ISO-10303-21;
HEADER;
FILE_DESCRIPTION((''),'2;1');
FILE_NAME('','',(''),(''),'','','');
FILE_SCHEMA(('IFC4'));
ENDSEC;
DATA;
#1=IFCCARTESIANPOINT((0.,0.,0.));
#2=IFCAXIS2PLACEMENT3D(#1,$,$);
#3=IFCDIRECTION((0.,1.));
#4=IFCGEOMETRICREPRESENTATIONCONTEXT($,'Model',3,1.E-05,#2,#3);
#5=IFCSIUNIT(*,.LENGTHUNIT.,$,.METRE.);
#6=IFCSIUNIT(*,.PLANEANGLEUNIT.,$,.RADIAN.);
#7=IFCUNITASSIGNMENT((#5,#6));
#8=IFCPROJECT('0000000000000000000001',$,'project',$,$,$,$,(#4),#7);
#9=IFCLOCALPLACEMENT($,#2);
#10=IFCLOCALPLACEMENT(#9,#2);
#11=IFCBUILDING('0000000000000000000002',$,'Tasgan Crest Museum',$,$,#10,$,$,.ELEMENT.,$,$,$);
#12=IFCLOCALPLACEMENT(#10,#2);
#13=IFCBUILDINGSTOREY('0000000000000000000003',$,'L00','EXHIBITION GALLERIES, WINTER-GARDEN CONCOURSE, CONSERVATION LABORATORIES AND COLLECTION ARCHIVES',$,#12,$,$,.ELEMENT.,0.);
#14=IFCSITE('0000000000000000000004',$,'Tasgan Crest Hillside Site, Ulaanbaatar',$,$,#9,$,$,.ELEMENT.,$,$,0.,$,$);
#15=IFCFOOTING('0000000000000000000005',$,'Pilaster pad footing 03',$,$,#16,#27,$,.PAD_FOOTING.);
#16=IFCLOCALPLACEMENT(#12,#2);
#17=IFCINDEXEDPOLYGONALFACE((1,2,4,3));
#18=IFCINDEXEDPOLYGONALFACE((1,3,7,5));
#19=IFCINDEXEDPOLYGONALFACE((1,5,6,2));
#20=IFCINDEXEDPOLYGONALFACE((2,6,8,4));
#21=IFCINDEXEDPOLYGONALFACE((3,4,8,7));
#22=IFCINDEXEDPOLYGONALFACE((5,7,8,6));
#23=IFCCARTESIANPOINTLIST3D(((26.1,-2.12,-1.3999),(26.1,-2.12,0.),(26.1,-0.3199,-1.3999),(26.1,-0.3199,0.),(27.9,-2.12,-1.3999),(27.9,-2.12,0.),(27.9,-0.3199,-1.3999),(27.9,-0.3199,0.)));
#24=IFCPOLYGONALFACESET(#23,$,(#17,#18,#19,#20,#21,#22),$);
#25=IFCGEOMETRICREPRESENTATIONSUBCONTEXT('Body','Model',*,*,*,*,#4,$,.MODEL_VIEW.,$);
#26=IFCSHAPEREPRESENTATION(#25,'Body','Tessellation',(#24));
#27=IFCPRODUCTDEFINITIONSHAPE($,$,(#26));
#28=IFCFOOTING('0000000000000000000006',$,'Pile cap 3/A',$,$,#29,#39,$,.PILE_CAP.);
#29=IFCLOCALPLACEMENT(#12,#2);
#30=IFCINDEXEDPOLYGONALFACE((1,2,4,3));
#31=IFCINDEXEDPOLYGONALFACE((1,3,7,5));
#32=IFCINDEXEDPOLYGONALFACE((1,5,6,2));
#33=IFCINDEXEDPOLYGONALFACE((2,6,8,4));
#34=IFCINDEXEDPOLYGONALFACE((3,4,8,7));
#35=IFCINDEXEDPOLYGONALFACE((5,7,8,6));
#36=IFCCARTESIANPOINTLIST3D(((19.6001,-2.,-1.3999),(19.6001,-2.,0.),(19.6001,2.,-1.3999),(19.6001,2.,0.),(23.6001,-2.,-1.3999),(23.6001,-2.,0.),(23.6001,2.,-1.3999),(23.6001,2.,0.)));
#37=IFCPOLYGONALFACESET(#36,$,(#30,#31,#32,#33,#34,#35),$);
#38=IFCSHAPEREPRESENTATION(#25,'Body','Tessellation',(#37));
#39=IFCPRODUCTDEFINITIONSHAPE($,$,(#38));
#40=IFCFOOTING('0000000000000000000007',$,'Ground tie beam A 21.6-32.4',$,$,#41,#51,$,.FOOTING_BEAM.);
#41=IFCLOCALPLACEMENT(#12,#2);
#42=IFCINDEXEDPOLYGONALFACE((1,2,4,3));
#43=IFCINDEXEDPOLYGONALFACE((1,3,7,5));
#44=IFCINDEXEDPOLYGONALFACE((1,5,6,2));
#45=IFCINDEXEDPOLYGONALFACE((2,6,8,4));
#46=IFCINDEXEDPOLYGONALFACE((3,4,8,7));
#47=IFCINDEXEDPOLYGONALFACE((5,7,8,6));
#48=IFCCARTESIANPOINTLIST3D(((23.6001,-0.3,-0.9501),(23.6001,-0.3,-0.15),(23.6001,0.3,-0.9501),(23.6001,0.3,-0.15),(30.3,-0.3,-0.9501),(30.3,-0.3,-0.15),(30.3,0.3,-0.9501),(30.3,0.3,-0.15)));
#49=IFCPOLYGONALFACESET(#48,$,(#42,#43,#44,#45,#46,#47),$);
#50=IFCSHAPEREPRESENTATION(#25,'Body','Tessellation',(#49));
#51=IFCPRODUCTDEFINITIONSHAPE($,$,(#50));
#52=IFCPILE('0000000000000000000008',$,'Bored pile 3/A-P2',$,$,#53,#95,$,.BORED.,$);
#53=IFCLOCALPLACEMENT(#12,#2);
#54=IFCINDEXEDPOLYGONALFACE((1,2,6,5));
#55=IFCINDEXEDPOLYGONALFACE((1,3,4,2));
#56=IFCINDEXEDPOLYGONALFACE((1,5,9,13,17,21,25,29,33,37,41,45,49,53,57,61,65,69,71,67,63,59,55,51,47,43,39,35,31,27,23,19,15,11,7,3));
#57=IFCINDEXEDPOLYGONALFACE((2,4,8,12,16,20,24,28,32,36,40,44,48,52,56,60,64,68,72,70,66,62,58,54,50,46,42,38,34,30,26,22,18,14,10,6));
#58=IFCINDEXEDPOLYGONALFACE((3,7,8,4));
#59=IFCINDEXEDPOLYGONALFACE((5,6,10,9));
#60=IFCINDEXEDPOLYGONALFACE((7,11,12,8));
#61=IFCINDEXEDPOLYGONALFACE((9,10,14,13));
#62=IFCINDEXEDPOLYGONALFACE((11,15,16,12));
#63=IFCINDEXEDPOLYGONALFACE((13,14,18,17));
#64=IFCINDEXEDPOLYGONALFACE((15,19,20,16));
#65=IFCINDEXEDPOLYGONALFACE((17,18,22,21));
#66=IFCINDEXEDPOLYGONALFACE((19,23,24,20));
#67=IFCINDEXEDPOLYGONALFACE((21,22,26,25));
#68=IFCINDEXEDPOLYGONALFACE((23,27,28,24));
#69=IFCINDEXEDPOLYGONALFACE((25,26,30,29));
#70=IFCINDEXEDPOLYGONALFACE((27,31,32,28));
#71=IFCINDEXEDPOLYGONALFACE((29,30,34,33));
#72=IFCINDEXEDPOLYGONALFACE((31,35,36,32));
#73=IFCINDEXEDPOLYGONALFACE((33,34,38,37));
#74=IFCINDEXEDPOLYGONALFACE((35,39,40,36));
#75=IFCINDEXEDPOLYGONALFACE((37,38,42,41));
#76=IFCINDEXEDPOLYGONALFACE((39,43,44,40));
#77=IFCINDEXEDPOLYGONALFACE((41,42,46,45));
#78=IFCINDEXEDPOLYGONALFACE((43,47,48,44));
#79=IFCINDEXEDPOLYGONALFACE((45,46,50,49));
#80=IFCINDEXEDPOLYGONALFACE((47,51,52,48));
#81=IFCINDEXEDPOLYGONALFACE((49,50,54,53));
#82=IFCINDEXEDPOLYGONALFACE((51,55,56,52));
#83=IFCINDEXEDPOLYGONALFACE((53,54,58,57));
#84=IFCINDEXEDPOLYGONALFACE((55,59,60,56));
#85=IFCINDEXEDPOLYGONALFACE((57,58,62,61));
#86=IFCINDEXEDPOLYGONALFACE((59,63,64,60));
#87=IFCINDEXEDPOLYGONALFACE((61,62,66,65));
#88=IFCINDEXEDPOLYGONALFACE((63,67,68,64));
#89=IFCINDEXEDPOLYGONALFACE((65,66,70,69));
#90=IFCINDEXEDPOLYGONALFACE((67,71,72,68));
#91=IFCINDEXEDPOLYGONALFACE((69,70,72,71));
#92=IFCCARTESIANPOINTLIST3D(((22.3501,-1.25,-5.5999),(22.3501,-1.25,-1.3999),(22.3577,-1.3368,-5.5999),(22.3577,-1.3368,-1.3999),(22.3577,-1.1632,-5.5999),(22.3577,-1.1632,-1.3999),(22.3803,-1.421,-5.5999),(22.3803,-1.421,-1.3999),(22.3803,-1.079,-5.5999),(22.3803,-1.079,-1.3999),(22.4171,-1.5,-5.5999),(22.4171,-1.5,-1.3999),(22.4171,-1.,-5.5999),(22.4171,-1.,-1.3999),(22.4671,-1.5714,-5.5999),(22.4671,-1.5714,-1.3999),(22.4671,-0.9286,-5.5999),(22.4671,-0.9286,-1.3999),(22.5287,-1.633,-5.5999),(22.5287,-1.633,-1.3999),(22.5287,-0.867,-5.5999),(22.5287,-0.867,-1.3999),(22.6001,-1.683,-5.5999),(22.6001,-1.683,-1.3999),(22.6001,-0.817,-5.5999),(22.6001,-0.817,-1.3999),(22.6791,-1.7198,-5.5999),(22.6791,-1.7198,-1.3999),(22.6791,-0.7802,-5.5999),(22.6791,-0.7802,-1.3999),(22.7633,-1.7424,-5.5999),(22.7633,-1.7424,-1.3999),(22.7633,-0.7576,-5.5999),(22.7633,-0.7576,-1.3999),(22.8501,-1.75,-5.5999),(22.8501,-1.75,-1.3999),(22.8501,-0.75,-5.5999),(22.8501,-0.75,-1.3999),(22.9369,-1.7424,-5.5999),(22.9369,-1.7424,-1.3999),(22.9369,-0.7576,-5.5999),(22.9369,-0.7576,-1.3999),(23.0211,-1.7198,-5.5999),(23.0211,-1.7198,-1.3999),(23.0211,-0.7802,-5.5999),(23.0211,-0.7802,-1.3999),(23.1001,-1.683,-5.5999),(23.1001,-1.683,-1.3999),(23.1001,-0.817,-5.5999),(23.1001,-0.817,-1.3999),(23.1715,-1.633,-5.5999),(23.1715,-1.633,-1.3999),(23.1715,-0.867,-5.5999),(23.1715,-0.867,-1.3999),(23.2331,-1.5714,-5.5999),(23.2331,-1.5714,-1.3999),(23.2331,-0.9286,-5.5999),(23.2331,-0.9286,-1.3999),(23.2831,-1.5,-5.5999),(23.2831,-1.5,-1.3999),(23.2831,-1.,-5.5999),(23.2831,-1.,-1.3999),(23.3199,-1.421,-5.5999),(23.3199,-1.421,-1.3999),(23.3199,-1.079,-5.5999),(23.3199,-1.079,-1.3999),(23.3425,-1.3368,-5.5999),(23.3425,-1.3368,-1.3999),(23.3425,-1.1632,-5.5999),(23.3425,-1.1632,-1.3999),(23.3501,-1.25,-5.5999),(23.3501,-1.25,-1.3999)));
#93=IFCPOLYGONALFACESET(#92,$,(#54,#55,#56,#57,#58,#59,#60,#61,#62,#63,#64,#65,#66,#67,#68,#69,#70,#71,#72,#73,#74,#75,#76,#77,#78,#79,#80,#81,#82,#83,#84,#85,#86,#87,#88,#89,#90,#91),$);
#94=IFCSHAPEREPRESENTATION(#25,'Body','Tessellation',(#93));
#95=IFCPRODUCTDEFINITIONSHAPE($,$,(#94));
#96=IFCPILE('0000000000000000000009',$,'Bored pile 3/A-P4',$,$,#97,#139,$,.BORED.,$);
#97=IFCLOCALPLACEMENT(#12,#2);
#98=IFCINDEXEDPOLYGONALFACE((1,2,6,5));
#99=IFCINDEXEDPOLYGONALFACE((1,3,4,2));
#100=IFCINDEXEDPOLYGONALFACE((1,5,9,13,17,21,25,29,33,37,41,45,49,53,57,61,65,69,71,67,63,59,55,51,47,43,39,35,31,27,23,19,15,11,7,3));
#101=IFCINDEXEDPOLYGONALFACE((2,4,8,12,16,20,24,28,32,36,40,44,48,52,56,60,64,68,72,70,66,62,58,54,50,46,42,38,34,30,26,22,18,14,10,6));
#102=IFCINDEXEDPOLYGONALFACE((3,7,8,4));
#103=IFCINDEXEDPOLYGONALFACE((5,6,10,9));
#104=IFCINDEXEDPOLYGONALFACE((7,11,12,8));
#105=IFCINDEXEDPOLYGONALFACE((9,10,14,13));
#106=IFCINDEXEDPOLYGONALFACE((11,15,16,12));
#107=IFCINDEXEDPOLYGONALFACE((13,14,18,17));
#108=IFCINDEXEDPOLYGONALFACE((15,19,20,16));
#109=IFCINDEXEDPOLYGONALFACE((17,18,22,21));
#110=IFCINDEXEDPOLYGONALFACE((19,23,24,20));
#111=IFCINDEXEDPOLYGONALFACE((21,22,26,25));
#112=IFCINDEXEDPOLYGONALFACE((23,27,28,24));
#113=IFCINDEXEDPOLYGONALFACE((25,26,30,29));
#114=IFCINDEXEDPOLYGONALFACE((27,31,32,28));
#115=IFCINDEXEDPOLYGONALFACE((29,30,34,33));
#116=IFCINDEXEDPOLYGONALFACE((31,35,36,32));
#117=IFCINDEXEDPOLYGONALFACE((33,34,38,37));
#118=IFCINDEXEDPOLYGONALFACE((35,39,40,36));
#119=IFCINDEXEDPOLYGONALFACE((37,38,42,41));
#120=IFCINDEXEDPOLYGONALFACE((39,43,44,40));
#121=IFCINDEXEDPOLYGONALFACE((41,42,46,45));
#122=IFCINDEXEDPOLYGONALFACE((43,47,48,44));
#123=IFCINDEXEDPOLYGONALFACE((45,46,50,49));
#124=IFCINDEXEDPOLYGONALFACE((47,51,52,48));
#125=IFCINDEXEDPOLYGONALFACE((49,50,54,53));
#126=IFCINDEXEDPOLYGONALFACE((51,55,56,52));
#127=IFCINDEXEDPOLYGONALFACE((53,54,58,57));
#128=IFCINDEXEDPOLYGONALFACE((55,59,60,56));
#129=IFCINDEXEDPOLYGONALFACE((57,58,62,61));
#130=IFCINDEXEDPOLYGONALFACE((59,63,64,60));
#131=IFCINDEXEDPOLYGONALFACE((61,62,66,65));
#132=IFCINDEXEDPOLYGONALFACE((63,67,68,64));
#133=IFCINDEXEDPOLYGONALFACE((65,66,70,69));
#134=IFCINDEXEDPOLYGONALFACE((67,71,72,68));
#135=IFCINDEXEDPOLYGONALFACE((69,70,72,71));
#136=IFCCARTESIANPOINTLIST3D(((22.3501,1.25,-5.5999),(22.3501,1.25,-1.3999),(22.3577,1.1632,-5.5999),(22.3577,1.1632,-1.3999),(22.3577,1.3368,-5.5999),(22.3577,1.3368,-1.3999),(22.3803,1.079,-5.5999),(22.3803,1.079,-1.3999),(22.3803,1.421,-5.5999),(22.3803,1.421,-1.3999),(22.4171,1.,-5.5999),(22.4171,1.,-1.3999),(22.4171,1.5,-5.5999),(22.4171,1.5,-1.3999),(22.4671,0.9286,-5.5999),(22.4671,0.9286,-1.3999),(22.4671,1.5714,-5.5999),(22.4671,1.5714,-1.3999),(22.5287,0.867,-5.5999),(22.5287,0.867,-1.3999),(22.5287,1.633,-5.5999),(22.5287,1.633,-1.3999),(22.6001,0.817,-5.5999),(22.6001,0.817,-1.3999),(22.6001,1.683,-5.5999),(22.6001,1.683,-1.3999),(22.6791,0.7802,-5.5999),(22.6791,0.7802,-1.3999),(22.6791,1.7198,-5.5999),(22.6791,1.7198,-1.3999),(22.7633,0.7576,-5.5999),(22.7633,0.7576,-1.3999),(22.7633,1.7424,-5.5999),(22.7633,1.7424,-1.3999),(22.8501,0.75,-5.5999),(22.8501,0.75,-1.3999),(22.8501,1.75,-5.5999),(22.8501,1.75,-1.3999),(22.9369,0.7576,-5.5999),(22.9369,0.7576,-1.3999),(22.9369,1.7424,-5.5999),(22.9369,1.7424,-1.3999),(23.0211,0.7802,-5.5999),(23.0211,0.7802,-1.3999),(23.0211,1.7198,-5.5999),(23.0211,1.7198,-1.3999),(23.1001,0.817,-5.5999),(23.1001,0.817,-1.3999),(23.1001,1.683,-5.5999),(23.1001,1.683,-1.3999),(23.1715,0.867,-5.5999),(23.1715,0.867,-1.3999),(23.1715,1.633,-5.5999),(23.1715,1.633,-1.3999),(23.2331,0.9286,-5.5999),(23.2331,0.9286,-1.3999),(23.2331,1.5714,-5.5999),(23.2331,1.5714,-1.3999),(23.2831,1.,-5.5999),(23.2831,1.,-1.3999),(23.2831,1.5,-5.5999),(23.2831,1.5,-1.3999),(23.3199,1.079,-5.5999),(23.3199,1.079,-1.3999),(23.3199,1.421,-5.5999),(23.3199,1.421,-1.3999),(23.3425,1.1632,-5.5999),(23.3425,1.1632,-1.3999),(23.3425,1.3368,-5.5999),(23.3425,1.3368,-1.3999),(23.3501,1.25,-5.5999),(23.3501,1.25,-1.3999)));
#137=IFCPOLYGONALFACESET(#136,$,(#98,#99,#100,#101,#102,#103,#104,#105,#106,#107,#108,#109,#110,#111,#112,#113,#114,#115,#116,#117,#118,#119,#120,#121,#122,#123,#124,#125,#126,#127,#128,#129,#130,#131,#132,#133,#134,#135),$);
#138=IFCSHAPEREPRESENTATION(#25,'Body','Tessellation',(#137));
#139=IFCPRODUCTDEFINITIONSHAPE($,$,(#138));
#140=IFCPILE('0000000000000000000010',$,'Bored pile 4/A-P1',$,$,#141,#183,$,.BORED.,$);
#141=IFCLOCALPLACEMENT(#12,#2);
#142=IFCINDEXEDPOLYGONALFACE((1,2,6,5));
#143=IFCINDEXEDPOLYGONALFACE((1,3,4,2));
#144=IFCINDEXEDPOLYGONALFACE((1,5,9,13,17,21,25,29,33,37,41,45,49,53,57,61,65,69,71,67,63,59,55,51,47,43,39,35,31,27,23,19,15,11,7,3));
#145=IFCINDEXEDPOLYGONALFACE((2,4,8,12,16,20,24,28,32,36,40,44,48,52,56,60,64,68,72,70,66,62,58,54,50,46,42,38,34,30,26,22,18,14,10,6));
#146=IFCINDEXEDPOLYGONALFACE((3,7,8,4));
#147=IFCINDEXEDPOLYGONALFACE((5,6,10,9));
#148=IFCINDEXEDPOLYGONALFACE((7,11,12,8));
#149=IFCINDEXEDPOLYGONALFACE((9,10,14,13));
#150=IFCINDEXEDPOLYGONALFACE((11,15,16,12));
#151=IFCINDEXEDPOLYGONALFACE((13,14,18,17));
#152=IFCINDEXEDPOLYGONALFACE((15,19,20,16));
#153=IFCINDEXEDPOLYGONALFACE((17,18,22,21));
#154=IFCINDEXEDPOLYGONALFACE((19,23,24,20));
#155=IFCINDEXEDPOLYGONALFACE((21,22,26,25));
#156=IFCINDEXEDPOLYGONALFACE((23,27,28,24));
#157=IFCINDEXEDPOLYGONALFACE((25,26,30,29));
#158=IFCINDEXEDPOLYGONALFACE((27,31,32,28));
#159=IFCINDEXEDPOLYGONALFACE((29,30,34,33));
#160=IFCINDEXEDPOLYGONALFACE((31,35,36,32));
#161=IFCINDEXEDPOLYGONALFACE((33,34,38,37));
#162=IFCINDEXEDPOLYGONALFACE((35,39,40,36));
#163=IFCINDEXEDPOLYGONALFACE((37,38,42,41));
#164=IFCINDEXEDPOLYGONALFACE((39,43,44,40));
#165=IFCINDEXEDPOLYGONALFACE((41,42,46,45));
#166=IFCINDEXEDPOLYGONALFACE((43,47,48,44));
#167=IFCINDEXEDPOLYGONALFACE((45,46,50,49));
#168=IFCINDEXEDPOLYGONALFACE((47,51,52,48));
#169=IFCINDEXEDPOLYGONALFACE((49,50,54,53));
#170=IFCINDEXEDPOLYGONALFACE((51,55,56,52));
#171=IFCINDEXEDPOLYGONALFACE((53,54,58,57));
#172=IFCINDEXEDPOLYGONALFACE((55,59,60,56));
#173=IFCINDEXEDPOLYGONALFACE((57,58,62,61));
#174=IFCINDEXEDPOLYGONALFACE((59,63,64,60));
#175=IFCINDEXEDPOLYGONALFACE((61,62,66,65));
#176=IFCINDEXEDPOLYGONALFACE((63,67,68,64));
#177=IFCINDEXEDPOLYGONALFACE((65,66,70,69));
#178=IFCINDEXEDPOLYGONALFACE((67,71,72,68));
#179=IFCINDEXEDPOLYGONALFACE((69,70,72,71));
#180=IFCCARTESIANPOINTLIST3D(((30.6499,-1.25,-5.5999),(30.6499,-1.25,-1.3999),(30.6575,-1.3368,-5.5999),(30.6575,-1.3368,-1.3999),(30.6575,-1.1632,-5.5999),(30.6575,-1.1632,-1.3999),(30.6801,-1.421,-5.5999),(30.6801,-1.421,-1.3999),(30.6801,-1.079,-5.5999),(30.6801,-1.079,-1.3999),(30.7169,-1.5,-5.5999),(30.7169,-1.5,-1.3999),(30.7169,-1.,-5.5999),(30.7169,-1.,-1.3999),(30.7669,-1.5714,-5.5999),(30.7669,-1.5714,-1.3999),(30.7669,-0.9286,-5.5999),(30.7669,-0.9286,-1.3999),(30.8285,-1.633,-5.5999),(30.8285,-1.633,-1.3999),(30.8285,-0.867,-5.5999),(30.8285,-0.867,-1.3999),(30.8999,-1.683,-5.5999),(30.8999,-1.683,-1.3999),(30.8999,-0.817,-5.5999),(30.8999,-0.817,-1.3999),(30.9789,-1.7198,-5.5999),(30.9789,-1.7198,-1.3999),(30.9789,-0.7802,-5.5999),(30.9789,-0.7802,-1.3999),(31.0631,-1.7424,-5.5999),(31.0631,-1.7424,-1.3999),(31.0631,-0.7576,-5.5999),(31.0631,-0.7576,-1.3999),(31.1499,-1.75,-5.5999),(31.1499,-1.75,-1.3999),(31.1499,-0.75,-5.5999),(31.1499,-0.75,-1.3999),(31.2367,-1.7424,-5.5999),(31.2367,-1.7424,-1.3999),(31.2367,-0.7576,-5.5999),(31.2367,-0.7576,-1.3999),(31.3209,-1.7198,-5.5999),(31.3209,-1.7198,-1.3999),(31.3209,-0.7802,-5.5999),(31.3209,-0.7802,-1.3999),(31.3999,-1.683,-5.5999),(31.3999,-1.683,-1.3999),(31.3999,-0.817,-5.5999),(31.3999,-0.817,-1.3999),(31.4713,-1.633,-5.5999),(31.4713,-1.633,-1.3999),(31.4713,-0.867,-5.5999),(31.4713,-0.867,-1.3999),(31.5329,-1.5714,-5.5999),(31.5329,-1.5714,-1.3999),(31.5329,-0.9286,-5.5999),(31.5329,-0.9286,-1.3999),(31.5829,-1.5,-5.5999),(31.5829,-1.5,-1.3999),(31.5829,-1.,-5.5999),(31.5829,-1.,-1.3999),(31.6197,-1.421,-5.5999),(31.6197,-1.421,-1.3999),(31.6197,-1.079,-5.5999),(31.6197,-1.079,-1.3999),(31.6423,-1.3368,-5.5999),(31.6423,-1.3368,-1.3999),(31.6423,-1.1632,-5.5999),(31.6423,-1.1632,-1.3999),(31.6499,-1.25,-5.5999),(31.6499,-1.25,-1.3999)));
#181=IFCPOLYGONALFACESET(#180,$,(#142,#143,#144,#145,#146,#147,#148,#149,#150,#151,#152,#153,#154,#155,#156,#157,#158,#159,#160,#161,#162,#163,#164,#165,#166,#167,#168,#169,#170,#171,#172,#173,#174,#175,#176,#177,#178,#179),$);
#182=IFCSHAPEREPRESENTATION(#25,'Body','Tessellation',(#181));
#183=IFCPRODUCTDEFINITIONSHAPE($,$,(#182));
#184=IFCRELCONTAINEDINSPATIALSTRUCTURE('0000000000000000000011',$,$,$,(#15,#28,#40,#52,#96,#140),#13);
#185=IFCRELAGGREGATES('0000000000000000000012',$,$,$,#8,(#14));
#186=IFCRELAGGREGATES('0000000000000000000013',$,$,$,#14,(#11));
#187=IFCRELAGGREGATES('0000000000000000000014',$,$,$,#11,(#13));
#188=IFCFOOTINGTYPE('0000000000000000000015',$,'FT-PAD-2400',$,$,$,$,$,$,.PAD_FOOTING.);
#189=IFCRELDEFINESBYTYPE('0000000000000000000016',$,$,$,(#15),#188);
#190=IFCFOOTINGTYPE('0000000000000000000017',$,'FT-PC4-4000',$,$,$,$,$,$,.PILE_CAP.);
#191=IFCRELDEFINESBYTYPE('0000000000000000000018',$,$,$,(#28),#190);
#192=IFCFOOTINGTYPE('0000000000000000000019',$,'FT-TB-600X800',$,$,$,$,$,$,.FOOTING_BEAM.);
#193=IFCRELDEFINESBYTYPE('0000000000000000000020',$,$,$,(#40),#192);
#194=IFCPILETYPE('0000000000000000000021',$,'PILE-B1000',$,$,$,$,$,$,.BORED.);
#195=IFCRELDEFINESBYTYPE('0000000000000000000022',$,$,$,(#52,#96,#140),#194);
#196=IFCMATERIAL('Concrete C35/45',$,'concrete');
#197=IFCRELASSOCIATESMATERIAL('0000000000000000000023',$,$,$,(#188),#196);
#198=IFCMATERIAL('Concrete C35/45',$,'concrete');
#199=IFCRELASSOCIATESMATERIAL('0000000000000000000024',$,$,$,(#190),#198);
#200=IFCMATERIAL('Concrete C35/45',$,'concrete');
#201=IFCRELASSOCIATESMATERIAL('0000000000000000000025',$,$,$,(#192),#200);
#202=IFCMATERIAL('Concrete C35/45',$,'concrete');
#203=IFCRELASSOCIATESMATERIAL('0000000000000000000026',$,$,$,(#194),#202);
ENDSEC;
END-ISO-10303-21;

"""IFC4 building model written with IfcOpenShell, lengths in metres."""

from ifc_helpers import new_model, si_unit, direction, frame, origin, origin_2d, place, context, subcontext, project, spatial, rectangle, circle, extrude, material, material_profile, profile_set, type_object, element, save


model = new_model("IFC4")

# Units and contexts
model_context = context("Model", 3, precision=1e-05, world=origin(), true_north=direction((0.0, 1.0)))
body_context = subcontext(model_context, "Body", "Model", "MODEL_VIEW")
ifc_project = project(units=[si_unit("LENGTHUNIT", "METRE"), si_unit("PLANEANGLEUNIT", "RADIAN")], contexts=[model_context])

# Site, building, storey
site_placement = place(None, origin())
site = spatial("IfcSite", under=ifc_project, at=site_placement, Name="Tasgan Crest Hillside Site, Ulaanbaatar", CompositionType="ELEMENT", RefElevation=0.0)
building_placement = place(site_placement, origin())
building = spatial("IfcBuilding", under=site, at=building_placement, Name="Tasgan Crest Museum", CompositionType="ELEMENT")
storey_placement = place(building_placement, origin())
storey = spatial("IfcBuildingStorey", under=building, at=storey_placement, Name="L00", Description="EXHIBITION GALLERIES, WINTER-GARDEN CONCOURSE, CONSERVATION LABORATORIES AND COLLECTION ARCHIVES", CompositionType="ELEMENT", Elevation=0.0)

# Footings
ifc_material_1 = material(Name="Concrete C35/45", Category="concrete")
footing_type_1 = type_object("IfcFootingType", Name="FT-PAD-2400", PredefinedType="PAD_FOOTING", material=ifc_material_1)
footing_1_placement = place(storey_placement, frame((27.0, -1.22, -1.3999), z_axis=(0.0, 0.0, 1.0), x_axis=(1.0, 0.0, 0.0)))
element("IfcFooting", 1, at=footing_1_placement, inside=storey, type_object=footing_type_1, Name="Pilaster pad footing 03", PredefinedType="PAD_FOOTING", context=body_context, shape_type="SweptSolid", body=[
    extrude(rectangle(XDim=1.8, YDim=1.8, at=origin_2d()), origin(), (0.0, 0.0, 1.0), 1.3999),
])
ifc_material_2 = material(Name="Concrete C35/45", Category="concrete")
footing_type_2 = type_object("IfcFootingType", Name="FT-PC4-4000", PredefinedType="PILE_CAP", material=ifc_material_2)
footing_2_placement = place(storey_placement, frame((21.6001, 0.0, -1.3999), z_axis=(0.0, 0.0, 1.0), x_axis=(1.0, 0.0, 0.0)))
element("IfcFooting", 2, at=footing_2_placement, inside=storey, type_object=footing_type_2, Name="Pile cap 3/A", PredefinedType="PILE_CAP", context=body_context, shape_type="SweptSolid", body=[
    extrude(rectangle(XDim=4.0, YDim=4.0, at=origin_2d()), origin(), (0.0, 0.0, 1.0), 1.3999),
])
ifc_material_3 = material(Name="Concrete C35/45", Category="concrete")
ifc_material_profile_1 = material_profile(ifc_material_3, rectangle(XDim=0.6001, YDim=0.8, at=origin_2d()), Name="TB 600x800")
ifc_profile_set_1 = profile_set([ifc_material_profile_1], Name="Concrete C35/45")
footing_type_3 = type_object("IfcFootingType", Name="FT-TB-600X800", PredefinedType="FOOTING_BEAM", material=ifc_profile_set_1)
footing_3_placement = place(storey_placement, frame((23.6001, 0.0, -0.55), z_axis=(1.0, 0.0, 0.0), x_axis=(0.0, 1.0, 0.0)))
element("IfcFooting", 3, at=footing_3_placement, inside=storey, type_object=footing_type_3, Name="Ground tie beam A 21.6-32.4", PredefinedType="FOOTING_BEAM", context=body_context, shape_type="SweptSolid", body=[
    extrude(rectangle(XDim=0.6001, YDim=0.8, at=origin_2d()), origin(), (0.0, 0.0, 1.0), 6.7),
])

# Piles
ifc_material_4 = material(Name="Concrete C35/45", Category="concrete")
ifc_material_profile_2 = material_profile(ifc_material_4, circle(Radius=0.5, at=origin_2d()), Name="PILE D1000")
ifc_profile_set_2 = profile_set([ifc_material_profile_2], Name="Concrete C35/45")
pile_type = type_object("IfcPileType", Name="PILE-B1000", PredefinedType="BORED", material=ifc_profile_set_2)
for number, where, z_axis, x_axis, name in (
    (4, (22.8501, -1.25, -1.3999), (0.0, 0.0, -1.0), (1.0, 0.0, 0.0), "Bored pile 3/A-P2"),
    (5, (22.8501, 1.25, -1.3999), (0.0, 0.0, -1.0), (1.0, 0.0, 0.0), "Bored pile 3/A-P4"),
    (6, (31.1499, -1.25, -1.3999), (0.0, 0.0, -1.0), (1.0, 0.0, 0.0), "Bored pile 4/A-P1"),
):
    element("IfcPile", number, at=place(storey_placement, frame(where, z_axis=z_axis, x_axis=x_axis)), inside=storey, type_object=pile_type, Name=name, PredefinedType="BORED", context=body_context, shape_type="SweptSolid", body=[
        extrude(circle(Radius=0.5, at=origin_2d()), origin(), (0.0, 0.0, 1.0), 4.2),
    ])

save(model, "model.ifc")
